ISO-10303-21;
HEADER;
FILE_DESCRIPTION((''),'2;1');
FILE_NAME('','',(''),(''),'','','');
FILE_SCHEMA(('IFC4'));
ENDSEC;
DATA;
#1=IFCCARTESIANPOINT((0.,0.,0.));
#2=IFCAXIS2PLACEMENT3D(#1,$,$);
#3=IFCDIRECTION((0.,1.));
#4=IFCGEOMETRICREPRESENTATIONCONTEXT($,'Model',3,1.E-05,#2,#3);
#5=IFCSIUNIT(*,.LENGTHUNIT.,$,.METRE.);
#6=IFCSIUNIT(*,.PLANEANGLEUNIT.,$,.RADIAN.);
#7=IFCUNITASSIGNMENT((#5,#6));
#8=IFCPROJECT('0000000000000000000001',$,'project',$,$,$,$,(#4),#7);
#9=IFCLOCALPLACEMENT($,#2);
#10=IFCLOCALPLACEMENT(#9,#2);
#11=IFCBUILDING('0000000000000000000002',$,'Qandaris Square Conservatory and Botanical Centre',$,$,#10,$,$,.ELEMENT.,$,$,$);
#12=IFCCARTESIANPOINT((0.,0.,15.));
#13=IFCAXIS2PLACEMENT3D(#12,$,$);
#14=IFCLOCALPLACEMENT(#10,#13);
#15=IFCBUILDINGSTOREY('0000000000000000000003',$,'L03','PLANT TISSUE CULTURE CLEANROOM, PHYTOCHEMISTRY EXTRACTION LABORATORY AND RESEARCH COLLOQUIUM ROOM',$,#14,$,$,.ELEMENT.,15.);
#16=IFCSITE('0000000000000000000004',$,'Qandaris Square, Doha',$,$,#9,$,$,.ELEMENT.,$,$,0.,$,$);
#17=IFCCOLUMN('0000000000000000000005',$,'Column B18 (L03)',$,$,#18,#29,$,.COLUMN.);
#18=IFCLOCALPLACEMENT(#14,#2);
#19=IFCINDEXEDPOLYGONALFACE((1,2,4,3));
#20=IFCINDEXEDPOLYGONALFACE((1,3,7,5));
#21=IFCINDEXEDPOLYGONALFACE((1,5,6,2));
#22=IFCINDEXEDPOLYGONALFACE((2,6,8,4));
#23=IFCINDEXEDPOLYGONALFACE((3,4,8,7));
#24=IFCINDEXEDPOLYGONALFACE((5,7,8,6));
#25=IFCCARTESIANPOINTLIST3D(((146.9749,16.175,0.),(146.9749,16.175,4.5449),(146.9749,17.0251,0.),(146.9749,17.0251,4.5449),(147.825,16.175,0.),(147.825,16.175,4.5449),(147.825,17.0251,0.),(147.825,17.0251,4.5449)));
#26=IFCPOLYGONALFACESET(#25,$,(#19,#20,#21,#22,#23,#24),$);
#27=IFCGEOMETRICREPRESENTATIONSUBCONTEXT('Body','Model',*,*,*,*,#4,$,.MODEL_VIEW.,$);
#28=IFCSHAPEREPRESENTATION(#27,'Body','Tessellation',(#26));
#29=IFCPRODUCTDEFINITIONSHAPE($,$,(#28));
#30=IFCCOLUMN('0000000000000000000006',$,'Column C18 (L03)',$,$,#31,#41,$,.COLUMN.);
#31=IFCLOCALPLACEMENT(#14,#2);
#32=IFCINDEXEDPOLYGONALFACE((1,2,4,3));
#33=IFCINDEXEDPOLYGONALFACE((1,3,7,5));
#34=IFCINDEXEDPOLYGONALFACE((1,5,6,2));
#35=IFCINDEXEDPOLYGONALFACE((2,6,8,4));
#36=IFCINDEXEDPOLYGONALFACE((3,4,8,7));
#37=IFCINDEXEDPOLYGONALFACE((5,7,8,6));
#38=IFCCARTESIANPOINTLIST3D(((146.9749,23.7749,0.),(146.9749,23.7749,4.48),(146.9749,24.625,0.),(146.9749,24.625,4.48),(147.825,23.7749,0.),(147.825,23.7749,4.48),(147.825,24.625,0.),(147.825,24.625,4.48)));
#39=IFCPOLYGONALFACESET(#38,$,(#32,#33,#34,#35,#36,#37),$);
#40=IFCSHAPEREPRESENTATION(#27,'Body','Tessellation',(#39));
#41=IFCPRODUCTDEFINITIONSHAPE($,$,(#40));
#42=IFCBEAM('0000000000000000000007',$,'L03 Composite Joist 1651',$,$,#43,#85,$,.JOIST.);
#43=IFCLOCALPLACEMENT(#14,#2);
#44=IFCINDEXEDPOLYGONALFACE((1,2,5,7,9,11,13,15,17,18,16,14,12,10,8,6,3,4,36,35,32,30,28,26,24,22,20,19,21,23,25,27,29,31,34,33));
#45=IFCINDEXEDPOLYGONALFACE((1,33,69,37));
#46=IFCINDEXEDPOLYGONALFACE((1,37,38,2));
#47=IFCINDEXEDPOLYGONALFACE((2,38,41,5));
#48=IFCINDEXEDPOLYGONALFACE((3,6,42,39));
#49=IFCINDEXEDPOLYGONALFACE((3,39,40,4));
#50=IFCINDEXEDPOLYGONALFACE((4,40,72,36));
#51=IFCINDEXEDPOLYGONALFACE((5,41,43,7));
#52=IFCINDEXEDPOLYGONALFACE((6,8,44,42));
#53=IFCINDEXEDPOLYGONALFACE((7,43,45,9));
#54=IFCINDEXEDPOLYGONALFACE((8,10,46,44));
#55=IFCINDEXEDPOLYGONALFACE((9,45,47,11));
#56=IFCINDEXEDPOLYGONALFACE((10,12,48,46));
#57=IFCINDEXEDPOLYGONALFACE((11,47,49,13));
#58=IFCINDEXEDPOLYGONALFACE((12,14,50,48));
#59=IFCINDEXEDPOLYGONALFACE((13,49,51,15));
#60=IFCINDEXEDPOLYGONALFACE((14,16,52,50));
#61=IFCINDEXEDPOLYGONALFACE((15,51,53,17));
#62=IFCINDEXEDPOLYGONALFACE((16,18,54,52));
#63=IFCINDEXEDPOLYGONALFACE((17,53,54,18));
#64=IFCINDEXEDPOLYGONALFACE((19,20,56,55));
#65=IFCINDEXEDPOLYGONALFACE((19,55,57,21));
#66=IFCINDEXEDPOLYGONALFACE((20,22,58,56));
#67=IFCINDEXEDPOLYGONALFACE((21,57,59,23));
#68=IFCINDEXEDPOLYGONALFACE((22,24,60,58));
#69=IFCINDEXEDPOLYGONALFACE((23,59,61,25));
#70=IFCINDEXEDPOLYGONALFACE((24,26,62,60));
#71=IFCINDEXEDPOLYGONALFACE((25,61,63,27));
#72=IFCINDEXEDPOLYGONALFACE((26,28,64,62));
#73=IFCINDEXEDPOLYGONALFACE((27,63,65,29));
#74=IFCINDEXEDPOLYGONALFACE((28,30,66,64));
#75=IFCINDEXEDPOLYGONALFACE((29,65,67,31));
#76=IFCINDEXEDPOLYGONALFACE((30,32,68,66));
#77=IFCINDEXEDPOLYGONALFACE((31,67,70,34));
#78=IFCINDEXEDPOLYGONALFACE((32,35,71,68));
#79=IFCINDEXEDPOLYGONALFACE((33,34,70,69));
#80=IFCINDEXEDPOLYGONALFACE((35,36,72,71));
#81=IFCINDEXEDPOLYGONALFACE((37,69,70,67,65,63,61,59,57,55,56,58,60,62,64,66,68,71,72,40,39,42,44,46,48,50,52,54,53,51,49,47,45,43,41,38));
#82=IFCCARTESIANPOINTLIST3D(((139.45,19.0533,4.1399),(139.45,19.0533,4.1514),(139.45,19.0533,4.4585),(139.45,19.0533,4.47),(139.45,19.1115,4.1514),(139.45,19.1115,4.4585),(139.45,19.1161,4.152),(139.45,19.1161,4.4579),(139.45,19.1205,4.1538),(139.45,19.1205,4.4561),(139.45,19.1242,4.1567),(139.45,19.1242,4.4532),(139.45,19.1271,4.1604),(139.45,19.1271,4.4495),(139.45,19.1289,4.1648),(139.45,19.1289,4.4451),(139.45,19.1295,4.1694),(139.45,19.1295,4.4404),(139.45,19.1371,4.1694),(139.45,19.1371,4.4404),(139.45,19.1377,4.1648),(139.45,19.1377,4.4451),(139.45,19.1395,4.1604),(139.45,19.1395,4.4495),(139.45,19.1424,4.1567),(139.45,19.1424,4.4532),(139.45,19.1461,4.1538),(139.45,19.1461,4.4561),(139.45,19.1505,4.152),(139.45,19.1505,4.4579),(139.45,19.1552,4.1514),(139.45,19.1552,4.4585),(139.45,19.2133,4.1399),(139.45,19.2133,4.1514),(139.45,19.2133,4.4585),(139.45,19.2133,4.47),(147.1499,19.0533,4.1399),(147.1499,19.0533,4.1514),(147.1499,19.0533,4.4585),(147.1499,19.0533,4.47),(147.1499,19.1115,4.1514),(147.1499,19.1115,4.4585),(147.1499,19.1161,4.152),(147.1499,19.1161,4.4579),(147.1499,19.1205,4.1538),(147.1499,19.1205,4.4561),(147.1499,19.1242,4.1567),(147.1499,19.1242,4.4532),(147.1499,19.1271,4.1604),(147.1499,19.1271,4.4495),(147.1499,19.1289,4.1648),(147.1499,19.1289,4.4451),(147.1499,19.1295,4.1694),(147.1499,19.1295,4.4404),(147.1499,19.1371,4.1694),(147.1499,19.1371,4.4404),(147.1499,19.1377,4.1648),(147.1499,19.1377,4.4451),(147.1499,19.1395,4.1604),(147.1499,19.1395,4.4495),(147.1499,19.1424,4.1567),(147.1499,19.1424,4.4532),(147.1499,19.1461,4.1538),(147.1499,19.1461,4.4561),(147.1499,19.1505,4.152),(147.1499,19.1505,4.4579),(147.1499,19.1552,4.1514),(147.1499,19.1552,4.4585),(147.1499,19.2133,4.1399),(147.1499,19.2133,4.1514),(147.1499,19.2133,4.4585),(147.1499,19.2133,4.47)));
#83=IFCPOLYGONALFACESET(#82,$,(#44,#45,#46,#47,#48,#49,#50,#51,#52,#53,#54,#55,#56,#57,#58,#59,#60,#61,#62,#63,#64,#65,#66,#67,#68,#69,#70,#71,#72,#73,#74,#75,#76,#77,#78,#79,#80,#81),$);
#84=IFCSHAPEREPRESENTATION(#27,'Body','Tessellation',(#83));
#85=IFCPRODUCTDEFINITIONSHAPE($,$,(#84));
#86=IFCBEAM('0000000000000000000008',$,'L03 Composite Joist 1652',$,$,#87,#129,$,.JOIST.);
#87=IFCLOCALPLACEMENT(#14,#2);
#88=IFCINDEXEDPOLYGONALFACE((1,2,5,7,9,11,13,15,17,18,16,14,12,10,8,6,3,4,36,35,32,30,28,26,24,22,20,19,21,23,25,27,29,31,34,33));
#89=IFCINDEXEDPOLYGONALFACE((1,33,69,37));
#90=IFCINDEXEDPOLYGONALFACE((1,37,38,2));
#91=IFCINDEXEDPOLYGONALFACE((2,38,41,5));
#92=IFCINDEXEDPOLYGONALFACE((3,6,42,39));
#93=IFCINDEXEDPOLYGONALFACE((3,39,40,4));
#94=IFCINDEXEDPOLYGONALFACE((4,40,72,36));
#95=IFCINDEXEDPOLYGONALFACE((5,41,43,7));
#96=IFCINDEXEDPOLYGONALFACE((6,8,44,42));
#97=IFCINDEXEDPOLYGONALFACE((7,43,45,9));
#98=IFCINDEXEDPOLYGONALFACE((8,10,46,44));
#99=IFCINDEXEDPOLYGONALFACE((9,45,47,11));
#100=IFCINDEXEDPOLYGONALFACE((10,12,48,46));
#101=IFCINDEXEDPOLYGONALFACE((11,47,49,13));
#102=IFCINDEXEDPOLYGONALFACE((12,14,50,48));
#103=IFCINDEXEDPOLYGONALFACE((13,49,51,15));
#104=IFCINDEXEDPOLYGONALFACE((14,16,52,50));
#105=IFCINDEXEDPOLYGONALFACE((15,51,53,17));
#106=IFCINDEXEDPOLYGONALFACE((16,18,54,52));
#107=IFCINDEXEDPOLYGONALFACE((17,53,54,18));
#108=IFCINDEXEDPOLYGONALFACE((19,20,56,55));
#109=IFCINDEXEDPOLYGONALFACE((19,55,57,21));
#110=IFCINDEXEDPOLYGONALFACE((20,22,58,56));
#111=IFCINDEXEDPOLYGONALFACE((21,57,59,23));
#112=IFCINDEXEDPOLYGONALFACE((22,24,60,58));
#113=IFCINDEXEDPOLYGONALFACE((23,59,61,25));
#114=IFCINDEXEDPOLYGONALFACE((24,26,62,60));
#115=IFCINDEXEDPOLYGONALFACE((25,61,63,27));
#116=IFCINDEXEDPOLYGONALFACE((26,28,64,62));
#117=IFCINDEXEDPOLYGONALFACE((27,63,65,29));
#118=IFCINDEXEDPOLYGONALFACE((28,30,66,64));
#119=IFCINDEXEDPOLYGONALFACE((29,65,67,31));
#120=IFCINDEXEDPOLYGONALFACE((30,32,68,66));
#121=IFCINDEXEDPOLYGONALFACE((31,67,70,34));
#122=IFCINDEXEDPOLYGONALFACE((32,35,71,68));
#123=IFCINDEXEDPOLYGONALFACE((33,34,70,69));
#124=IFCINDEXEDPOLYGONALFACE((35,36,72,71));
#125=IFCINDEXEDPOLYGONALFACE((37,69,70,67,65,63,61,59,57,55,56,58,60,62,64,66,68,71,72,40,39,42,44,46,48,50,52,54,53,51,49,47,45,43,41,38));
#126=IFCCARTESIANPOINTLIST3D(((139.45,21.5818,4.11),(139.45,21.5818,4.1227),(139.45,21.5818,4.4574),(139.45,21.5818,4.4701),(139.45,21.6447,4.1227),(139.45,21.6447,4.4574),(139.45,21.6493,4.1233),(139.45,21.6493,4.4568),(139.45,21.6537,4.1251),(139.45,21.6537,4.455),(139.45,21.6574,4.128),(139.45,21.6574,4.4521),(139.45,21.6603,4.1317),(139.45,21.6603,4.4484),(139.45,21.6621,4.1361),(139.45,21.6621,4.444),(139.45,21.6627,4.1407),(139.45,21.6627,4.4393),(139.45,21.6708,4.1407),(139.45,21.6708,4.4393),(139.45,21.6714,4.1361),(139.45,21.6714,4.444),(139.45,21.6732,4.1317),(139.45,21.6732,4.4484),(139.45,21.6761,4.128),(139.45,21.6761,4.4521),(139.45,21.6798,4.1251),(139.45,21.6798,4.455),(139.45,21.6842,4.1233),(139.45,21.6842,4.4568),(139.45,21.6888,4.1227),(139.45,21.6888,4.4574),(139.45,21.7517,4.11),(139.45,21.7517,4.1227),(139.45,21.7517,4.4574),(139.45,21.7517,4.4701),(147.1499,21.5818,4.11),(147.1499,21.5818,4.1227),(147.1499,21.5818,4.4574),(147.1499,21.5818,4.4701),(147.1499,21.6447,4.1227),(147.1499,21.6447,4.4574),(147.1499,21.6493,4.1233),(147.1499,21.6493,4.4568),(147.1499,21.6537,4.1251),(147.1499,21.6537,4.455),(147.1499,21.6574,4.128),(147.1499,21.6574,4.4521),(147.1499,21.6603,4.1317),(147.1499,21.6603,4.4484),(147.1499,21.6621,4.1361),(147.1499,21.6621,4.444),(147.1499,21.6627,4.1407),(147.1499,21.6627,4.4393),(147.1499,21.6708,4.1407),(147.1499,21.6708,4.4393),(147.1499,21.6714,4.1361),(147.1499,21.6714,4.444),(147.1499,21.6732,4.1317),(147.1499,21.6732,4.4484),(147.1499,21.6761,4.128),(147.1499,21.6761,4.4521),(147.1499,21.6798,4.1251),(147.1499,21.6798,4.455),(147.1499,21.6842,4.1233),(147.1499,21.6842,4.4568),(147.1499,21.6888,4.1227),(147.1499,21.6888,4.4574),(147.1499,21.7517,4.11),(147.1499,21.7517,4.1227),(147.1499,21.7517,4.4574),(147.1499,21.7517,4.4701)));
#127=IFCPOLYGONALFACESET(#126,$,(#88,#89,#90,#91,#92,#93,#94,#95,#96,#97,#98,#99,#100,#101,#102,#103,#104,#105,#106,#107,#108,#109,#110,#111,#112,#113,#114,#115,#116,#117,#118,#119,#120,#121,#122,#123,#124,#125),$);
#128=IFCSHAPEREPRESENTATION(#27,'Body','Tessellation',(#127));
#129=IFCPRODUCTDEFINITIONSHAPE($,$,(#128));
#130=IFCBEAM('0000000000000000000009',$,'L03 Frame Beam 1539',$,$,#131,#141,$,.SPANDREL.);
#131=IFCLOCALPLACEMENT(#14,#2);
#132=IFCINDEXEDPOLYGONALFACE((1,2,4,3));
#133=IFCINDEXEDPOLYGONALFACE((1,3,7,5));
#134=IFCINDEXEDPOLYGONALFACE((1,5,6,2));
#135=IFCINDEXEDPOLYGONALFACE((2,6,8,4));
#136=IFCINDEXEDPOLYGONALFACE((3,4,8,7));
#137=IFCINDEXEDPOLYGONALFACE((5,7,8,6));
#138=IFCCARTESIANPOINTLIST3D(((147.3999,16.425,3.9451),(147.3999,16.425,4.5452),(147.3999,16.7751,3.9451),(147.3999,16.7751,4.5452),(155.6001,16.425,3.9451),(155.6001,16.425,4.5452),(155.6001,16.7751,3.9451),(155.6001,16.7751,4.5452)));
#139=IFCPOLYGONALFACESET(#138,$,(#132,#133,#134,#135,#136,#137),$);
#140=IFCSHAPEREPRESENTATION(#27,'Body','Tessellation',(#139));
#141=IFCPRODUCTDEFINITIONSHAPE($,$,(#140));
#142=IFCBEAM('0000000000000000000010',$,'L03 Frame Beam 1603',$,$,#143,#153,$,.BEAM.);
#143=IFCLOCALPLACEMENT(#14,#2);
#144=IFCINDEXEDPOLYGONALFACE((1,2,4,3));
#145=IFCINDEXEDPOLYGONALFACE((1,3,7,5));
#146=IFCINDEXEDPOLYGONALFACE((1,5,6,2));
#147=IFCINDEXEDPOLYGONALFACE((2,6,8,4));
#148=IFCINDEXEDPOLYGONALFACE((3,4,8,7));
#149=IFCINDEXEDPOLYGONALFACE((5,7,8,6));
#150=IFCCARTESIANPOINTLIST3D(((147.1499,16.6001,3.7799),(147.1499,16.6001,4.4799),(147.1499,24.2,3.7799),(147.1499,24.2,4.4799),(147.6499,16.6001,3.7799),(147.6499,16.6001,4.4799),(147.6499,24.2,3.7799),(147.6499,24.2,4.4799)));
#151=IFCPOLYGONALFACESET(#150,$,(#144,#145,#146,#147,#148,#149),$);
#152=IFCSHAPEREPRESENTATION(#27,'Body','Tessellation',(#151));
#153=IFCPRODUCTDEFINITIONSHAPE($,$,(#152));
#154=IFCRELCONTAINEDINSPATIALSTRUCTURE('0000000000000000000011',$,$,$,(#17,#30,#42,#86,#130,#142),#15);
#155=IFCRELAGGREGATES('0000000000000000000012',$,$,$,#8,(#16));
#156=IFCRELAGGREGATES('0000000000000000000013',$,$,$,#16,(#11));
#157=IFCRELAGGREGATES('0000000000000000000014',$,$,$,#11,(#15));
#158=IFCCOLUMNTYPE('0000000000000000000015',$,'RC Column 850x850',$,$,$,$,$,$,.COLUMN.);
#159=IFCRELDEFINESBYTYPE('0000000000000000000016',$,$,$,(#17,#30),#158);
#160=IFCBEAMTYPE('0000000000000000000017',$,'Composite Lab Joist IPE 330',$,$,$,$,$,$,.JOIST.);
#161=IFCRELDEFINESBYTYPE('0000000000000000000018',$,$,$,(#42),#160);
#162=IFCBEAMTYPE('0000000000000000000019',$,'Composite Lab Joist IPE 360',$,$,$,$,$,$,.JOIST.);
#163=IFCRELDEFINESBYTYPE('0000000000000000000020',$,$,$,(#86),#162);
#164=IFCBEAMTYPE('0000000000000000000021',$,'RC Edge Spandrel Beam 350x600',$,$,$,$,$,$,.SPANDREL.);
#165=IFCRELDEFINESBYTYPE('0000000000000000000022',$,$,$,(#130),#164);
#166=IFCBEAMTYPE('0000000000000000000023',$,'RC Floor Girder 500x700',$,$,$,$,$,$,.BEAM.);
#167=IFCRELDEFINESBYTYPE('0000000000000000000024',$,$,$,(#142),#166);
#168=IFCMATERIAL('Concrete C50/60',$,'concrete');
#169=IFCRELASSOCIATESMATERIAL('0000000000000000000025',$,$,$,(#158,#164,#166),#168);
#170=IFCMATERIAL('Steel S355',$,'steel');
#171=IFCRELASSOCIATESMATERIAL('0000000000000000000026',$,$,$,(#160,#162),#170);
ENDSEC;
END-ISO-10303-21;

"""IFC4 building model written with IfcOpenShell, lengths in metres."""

from ifc_helpers import new_model, si_unit, direction, frame, origin, origin_2d, place, context, subcontext, project, spatial, rectangle, i_section, extrude, material, material_profile, profile_set, type_object, element, save


model = new_model("IFC4")

# Units and contexts
model_context = context("Model", 3, precision=1e-05, world=origin(), true_north=direction((0.0, 1.0)))
body_context = subcontext(model_context, "Body", "Model", "MODEL_VIEW")
ifc_project = project(units=[si_unit("LENGTHUNIT", "METRE"), si_unit("PLANEANGLEUNIT", "RADIAN")], contexts=[model_context])

# Site, building, storey
site_placement = place(None, origin())
site = spatial("IfcSite", under=ifc_project, at=site_placement, Name="Qandaris Square, Doha", CompositionType="ELEMENT", RefElevation=0.0)
building_placement = place(site_placement, origin())
building = spatial("IfcBuilding", under=site, at=building_placement, Name="Qandaris Square Conservatory and Botanical Centre", CompositionType="ELEMENT")
storey_placement = place(building_placement, frame((0.0, 0.0, 15.0)))
storey = spatial("IfcBuildingStorey", under=building, at=storey_placement, Name="L03", Description="PLANT TISSUE CULTURE CLEANROOM, PHYTOCHEMISTRY EXTRACTION LABORATORY AND RESEARCH COLLOQUIUM ROOM", CompositionType="ELEMENT", Elevation=15.0)

# Columns
ifc_material_1 = material(Name="Concrete C50/60", Category="concrete")
ifc_material_profile_1 = material_profile(ifc_material_1, rectangle(XDim=0.8501, YDim=0.8501, at=origin_2d()), Name="RC-COL 850x850")
ifc_profile_set_1 = profile_set([ifc_material_profile_1], Name="Concrete C50/60")
column_type = type_object("IfcColumnType", Name="RC Column 850x850", PredefinedType="COLUMN", material=ifc_profile_set_1)
column_1_placement = place(storey_placement, frame((147.3999, 16.6001, 0.0), z_axis=(0.0, 0.0, 1.0), x_axis=(1.0, 0.0, 0.0)))
element("IfcColumn", 1, at=column_1_placement, inside=storey, type_object=column_type, Name="Column B18 (L03)", PredefinedType="COLUMN", context=body_context, shape_type="SweptSolid", body=[
    extrude(rectangle(XDim=0.8501, YDim=0.8501, at=origin_2d()), origin(), (0.0, 0.0, 1.0), 4.5449),
])
column_2_placement = place(storey_placement, frame((147.3999, 24.2, 0.0), z_axis=(0.0, 0.0, 1.0), x_axis=(1.0, 0.0, 0.0)))
element("IfcColumn", 2, at=column_2_placement, inside=storey, type_object=column_type, Name="Column C18 (L03)", PredefinedType="COLUMN", context=body_context, shape_type="SweptSolid", body=[
    extrude(rectangle(XDim=0.8501, YDim=0.8501, at=origin_2d()), origin(), (0.0, 0.0, 1.0), 4.48),
])

# Beams
ifc_material_2 = material(Name="Steel S355", Category="steel")
ifc_material_profile_2 = material_profile(ifc_material_2, i_section(OverallWidth=0.1599, OverallDepth=0.3301, WebThickness=0.0076, FlangeThickness=0.0115, FilletRadius=0.0181, at=origin_2d()), Name="IPE 330")
ifc_profile_set_2 = profile_set([ifc_material_profile_2], Name="Steel S355")
beam_type_1 = type_object("IfcBeamType", Name="Composite Lab Joist IPE 330", PredefinedType="JOIST", material=ifc_profile_set_2)
beam_1_placement = place(storey_placement, frame((139.45, 19.1333, 4.3049), z_axis=(1.0, 0.0, 0.0), x_axis=(0.0, 1.0, 0.0)))
element("IfcBeam", 3, at=beam_1_placement, inside=storey, type_object=beam_type_1, Name="L03 Composite Joist 1651", PredefinedType="JOIST", context=body_context, shape_type="SweptSolid", body=[
    extrude(i_section(OverallWidth=0.1599, OverallDepth=0.3301, WebThickness=0.0076, FlangeThickness=0.0115, FilletRadius=0.0181, at=origin_2d()), origin(), (0.0, 0.0, 1.0), 7.7),
])
ifc_material_profile_3 = material_profile(ifc_material_2, i_section(OverallWidth=0.1699, OverallDepth=0.3601, WebThickness=0.0081, FlangeThickness=0.0127, FilletRadius=0.0181, at=origin_2d()), Name="IPE 360")
ifc_profile_set_3 = profile_set([ifc_material_profile_3], Name="Steel S355")
beam_type_2 = type_object("IfcBeamType", Name="Composite Lab Joist IPE 360", PredefinedType="JOIST", material=ifc_profile_set_3)
beam_2_placement = place(storey_placement, frame((139.45, 21.6667, 4.29), z_axis=(1.0, 0.0, 0.0), x_axis=(0.0, 1.0, 0.0)))
element("IfcBeam", 4, at=beam_2_placement, inside=storey, type_object=beam_type_2, Name="L03 Composite Joist 1652", PredefinedType="JOIST", context=body_context, shape_type="SweptSolid", body=[
    extrude(i_section(OverallWidth=0.1699, OverallDepth=0.3601, WebThickness=0.0081, FlangeThickness=0.0127, FilletRadius=0.0181, at=origin_2d()), origin(), (0.0, 0.0, 1.0), 7.7),
])
ifc_material_profile_4 = material_profile(ifc_material_1, rectangle(XDim=0.3501, YDim=0.6001, at=origin_2d()), Name="RC-SP 350x600")
ifc_profile_set_4 = profile_set([ifc_material_profile_4], Name="Concrete C50/60")
beam_type_3 = type_object("IfcBeamType", Name="RC Edge Spandrel Beam 350x600", PredefinedType="SPANDREL", material=ifc_profile_set_4)
beam_3_placement = place(storey_placement, frame((147.3999, 16.6001, 4.2451), z_axis=(1.0, 0.0, 0.0), x_axis=(0.0, 1.0, 0.0)))
element("IfcBeam", 5, at=beam_3_placement, inside=storey, type_object=beam_type_3, Name="L03 Frame Beam 1539", PredefinedType="SPANDREL", context=body_context, shape_type="SweptSolid", body=[
    extrude(rectangle(XDim=0.3501, YDim=0.6001, at=origin_2d()), origin(), (0.0, 0.0, 1.0), 8.2002),
])
ifc_material_profile_5 = material_profile(ifc_material_1, rectangle(XDim=0.5, YDim=0.7, at=origin_2d()), Name="RC-BM 500x700")
ifc_profile_set_5 = profile_set([ifc_material_profile_5], Name="Concrete C50/60")
beam_type_4 = type_object("IfcBeamType", Name="RC Floor Girder 500x700", PredefinedType="BEAM", material=ifc_profile_set_5)
beam_4_placement = place(storey_placement, frame((147.3999, 16.6001, 4.1299), z_axis=(0.0, 1.0, 0.0), x_axis=(-1.0, 0.0, 0.0)))
element("IfcBeam", 6, at=beam_4_placement, inside=storey, type_object=beam_type_4, Name="L03 Frame Beam 1603", PredefinedType="BEAM", context=body_context, shape_type="SweptSolid", body=[
    extrude(rectangle(XDim=0.5, YDim=0.7, at=origin_2d()), origin(), (0.0, 0.0, 1.0), 7.5999),
])

save(model, "model.ifc")
